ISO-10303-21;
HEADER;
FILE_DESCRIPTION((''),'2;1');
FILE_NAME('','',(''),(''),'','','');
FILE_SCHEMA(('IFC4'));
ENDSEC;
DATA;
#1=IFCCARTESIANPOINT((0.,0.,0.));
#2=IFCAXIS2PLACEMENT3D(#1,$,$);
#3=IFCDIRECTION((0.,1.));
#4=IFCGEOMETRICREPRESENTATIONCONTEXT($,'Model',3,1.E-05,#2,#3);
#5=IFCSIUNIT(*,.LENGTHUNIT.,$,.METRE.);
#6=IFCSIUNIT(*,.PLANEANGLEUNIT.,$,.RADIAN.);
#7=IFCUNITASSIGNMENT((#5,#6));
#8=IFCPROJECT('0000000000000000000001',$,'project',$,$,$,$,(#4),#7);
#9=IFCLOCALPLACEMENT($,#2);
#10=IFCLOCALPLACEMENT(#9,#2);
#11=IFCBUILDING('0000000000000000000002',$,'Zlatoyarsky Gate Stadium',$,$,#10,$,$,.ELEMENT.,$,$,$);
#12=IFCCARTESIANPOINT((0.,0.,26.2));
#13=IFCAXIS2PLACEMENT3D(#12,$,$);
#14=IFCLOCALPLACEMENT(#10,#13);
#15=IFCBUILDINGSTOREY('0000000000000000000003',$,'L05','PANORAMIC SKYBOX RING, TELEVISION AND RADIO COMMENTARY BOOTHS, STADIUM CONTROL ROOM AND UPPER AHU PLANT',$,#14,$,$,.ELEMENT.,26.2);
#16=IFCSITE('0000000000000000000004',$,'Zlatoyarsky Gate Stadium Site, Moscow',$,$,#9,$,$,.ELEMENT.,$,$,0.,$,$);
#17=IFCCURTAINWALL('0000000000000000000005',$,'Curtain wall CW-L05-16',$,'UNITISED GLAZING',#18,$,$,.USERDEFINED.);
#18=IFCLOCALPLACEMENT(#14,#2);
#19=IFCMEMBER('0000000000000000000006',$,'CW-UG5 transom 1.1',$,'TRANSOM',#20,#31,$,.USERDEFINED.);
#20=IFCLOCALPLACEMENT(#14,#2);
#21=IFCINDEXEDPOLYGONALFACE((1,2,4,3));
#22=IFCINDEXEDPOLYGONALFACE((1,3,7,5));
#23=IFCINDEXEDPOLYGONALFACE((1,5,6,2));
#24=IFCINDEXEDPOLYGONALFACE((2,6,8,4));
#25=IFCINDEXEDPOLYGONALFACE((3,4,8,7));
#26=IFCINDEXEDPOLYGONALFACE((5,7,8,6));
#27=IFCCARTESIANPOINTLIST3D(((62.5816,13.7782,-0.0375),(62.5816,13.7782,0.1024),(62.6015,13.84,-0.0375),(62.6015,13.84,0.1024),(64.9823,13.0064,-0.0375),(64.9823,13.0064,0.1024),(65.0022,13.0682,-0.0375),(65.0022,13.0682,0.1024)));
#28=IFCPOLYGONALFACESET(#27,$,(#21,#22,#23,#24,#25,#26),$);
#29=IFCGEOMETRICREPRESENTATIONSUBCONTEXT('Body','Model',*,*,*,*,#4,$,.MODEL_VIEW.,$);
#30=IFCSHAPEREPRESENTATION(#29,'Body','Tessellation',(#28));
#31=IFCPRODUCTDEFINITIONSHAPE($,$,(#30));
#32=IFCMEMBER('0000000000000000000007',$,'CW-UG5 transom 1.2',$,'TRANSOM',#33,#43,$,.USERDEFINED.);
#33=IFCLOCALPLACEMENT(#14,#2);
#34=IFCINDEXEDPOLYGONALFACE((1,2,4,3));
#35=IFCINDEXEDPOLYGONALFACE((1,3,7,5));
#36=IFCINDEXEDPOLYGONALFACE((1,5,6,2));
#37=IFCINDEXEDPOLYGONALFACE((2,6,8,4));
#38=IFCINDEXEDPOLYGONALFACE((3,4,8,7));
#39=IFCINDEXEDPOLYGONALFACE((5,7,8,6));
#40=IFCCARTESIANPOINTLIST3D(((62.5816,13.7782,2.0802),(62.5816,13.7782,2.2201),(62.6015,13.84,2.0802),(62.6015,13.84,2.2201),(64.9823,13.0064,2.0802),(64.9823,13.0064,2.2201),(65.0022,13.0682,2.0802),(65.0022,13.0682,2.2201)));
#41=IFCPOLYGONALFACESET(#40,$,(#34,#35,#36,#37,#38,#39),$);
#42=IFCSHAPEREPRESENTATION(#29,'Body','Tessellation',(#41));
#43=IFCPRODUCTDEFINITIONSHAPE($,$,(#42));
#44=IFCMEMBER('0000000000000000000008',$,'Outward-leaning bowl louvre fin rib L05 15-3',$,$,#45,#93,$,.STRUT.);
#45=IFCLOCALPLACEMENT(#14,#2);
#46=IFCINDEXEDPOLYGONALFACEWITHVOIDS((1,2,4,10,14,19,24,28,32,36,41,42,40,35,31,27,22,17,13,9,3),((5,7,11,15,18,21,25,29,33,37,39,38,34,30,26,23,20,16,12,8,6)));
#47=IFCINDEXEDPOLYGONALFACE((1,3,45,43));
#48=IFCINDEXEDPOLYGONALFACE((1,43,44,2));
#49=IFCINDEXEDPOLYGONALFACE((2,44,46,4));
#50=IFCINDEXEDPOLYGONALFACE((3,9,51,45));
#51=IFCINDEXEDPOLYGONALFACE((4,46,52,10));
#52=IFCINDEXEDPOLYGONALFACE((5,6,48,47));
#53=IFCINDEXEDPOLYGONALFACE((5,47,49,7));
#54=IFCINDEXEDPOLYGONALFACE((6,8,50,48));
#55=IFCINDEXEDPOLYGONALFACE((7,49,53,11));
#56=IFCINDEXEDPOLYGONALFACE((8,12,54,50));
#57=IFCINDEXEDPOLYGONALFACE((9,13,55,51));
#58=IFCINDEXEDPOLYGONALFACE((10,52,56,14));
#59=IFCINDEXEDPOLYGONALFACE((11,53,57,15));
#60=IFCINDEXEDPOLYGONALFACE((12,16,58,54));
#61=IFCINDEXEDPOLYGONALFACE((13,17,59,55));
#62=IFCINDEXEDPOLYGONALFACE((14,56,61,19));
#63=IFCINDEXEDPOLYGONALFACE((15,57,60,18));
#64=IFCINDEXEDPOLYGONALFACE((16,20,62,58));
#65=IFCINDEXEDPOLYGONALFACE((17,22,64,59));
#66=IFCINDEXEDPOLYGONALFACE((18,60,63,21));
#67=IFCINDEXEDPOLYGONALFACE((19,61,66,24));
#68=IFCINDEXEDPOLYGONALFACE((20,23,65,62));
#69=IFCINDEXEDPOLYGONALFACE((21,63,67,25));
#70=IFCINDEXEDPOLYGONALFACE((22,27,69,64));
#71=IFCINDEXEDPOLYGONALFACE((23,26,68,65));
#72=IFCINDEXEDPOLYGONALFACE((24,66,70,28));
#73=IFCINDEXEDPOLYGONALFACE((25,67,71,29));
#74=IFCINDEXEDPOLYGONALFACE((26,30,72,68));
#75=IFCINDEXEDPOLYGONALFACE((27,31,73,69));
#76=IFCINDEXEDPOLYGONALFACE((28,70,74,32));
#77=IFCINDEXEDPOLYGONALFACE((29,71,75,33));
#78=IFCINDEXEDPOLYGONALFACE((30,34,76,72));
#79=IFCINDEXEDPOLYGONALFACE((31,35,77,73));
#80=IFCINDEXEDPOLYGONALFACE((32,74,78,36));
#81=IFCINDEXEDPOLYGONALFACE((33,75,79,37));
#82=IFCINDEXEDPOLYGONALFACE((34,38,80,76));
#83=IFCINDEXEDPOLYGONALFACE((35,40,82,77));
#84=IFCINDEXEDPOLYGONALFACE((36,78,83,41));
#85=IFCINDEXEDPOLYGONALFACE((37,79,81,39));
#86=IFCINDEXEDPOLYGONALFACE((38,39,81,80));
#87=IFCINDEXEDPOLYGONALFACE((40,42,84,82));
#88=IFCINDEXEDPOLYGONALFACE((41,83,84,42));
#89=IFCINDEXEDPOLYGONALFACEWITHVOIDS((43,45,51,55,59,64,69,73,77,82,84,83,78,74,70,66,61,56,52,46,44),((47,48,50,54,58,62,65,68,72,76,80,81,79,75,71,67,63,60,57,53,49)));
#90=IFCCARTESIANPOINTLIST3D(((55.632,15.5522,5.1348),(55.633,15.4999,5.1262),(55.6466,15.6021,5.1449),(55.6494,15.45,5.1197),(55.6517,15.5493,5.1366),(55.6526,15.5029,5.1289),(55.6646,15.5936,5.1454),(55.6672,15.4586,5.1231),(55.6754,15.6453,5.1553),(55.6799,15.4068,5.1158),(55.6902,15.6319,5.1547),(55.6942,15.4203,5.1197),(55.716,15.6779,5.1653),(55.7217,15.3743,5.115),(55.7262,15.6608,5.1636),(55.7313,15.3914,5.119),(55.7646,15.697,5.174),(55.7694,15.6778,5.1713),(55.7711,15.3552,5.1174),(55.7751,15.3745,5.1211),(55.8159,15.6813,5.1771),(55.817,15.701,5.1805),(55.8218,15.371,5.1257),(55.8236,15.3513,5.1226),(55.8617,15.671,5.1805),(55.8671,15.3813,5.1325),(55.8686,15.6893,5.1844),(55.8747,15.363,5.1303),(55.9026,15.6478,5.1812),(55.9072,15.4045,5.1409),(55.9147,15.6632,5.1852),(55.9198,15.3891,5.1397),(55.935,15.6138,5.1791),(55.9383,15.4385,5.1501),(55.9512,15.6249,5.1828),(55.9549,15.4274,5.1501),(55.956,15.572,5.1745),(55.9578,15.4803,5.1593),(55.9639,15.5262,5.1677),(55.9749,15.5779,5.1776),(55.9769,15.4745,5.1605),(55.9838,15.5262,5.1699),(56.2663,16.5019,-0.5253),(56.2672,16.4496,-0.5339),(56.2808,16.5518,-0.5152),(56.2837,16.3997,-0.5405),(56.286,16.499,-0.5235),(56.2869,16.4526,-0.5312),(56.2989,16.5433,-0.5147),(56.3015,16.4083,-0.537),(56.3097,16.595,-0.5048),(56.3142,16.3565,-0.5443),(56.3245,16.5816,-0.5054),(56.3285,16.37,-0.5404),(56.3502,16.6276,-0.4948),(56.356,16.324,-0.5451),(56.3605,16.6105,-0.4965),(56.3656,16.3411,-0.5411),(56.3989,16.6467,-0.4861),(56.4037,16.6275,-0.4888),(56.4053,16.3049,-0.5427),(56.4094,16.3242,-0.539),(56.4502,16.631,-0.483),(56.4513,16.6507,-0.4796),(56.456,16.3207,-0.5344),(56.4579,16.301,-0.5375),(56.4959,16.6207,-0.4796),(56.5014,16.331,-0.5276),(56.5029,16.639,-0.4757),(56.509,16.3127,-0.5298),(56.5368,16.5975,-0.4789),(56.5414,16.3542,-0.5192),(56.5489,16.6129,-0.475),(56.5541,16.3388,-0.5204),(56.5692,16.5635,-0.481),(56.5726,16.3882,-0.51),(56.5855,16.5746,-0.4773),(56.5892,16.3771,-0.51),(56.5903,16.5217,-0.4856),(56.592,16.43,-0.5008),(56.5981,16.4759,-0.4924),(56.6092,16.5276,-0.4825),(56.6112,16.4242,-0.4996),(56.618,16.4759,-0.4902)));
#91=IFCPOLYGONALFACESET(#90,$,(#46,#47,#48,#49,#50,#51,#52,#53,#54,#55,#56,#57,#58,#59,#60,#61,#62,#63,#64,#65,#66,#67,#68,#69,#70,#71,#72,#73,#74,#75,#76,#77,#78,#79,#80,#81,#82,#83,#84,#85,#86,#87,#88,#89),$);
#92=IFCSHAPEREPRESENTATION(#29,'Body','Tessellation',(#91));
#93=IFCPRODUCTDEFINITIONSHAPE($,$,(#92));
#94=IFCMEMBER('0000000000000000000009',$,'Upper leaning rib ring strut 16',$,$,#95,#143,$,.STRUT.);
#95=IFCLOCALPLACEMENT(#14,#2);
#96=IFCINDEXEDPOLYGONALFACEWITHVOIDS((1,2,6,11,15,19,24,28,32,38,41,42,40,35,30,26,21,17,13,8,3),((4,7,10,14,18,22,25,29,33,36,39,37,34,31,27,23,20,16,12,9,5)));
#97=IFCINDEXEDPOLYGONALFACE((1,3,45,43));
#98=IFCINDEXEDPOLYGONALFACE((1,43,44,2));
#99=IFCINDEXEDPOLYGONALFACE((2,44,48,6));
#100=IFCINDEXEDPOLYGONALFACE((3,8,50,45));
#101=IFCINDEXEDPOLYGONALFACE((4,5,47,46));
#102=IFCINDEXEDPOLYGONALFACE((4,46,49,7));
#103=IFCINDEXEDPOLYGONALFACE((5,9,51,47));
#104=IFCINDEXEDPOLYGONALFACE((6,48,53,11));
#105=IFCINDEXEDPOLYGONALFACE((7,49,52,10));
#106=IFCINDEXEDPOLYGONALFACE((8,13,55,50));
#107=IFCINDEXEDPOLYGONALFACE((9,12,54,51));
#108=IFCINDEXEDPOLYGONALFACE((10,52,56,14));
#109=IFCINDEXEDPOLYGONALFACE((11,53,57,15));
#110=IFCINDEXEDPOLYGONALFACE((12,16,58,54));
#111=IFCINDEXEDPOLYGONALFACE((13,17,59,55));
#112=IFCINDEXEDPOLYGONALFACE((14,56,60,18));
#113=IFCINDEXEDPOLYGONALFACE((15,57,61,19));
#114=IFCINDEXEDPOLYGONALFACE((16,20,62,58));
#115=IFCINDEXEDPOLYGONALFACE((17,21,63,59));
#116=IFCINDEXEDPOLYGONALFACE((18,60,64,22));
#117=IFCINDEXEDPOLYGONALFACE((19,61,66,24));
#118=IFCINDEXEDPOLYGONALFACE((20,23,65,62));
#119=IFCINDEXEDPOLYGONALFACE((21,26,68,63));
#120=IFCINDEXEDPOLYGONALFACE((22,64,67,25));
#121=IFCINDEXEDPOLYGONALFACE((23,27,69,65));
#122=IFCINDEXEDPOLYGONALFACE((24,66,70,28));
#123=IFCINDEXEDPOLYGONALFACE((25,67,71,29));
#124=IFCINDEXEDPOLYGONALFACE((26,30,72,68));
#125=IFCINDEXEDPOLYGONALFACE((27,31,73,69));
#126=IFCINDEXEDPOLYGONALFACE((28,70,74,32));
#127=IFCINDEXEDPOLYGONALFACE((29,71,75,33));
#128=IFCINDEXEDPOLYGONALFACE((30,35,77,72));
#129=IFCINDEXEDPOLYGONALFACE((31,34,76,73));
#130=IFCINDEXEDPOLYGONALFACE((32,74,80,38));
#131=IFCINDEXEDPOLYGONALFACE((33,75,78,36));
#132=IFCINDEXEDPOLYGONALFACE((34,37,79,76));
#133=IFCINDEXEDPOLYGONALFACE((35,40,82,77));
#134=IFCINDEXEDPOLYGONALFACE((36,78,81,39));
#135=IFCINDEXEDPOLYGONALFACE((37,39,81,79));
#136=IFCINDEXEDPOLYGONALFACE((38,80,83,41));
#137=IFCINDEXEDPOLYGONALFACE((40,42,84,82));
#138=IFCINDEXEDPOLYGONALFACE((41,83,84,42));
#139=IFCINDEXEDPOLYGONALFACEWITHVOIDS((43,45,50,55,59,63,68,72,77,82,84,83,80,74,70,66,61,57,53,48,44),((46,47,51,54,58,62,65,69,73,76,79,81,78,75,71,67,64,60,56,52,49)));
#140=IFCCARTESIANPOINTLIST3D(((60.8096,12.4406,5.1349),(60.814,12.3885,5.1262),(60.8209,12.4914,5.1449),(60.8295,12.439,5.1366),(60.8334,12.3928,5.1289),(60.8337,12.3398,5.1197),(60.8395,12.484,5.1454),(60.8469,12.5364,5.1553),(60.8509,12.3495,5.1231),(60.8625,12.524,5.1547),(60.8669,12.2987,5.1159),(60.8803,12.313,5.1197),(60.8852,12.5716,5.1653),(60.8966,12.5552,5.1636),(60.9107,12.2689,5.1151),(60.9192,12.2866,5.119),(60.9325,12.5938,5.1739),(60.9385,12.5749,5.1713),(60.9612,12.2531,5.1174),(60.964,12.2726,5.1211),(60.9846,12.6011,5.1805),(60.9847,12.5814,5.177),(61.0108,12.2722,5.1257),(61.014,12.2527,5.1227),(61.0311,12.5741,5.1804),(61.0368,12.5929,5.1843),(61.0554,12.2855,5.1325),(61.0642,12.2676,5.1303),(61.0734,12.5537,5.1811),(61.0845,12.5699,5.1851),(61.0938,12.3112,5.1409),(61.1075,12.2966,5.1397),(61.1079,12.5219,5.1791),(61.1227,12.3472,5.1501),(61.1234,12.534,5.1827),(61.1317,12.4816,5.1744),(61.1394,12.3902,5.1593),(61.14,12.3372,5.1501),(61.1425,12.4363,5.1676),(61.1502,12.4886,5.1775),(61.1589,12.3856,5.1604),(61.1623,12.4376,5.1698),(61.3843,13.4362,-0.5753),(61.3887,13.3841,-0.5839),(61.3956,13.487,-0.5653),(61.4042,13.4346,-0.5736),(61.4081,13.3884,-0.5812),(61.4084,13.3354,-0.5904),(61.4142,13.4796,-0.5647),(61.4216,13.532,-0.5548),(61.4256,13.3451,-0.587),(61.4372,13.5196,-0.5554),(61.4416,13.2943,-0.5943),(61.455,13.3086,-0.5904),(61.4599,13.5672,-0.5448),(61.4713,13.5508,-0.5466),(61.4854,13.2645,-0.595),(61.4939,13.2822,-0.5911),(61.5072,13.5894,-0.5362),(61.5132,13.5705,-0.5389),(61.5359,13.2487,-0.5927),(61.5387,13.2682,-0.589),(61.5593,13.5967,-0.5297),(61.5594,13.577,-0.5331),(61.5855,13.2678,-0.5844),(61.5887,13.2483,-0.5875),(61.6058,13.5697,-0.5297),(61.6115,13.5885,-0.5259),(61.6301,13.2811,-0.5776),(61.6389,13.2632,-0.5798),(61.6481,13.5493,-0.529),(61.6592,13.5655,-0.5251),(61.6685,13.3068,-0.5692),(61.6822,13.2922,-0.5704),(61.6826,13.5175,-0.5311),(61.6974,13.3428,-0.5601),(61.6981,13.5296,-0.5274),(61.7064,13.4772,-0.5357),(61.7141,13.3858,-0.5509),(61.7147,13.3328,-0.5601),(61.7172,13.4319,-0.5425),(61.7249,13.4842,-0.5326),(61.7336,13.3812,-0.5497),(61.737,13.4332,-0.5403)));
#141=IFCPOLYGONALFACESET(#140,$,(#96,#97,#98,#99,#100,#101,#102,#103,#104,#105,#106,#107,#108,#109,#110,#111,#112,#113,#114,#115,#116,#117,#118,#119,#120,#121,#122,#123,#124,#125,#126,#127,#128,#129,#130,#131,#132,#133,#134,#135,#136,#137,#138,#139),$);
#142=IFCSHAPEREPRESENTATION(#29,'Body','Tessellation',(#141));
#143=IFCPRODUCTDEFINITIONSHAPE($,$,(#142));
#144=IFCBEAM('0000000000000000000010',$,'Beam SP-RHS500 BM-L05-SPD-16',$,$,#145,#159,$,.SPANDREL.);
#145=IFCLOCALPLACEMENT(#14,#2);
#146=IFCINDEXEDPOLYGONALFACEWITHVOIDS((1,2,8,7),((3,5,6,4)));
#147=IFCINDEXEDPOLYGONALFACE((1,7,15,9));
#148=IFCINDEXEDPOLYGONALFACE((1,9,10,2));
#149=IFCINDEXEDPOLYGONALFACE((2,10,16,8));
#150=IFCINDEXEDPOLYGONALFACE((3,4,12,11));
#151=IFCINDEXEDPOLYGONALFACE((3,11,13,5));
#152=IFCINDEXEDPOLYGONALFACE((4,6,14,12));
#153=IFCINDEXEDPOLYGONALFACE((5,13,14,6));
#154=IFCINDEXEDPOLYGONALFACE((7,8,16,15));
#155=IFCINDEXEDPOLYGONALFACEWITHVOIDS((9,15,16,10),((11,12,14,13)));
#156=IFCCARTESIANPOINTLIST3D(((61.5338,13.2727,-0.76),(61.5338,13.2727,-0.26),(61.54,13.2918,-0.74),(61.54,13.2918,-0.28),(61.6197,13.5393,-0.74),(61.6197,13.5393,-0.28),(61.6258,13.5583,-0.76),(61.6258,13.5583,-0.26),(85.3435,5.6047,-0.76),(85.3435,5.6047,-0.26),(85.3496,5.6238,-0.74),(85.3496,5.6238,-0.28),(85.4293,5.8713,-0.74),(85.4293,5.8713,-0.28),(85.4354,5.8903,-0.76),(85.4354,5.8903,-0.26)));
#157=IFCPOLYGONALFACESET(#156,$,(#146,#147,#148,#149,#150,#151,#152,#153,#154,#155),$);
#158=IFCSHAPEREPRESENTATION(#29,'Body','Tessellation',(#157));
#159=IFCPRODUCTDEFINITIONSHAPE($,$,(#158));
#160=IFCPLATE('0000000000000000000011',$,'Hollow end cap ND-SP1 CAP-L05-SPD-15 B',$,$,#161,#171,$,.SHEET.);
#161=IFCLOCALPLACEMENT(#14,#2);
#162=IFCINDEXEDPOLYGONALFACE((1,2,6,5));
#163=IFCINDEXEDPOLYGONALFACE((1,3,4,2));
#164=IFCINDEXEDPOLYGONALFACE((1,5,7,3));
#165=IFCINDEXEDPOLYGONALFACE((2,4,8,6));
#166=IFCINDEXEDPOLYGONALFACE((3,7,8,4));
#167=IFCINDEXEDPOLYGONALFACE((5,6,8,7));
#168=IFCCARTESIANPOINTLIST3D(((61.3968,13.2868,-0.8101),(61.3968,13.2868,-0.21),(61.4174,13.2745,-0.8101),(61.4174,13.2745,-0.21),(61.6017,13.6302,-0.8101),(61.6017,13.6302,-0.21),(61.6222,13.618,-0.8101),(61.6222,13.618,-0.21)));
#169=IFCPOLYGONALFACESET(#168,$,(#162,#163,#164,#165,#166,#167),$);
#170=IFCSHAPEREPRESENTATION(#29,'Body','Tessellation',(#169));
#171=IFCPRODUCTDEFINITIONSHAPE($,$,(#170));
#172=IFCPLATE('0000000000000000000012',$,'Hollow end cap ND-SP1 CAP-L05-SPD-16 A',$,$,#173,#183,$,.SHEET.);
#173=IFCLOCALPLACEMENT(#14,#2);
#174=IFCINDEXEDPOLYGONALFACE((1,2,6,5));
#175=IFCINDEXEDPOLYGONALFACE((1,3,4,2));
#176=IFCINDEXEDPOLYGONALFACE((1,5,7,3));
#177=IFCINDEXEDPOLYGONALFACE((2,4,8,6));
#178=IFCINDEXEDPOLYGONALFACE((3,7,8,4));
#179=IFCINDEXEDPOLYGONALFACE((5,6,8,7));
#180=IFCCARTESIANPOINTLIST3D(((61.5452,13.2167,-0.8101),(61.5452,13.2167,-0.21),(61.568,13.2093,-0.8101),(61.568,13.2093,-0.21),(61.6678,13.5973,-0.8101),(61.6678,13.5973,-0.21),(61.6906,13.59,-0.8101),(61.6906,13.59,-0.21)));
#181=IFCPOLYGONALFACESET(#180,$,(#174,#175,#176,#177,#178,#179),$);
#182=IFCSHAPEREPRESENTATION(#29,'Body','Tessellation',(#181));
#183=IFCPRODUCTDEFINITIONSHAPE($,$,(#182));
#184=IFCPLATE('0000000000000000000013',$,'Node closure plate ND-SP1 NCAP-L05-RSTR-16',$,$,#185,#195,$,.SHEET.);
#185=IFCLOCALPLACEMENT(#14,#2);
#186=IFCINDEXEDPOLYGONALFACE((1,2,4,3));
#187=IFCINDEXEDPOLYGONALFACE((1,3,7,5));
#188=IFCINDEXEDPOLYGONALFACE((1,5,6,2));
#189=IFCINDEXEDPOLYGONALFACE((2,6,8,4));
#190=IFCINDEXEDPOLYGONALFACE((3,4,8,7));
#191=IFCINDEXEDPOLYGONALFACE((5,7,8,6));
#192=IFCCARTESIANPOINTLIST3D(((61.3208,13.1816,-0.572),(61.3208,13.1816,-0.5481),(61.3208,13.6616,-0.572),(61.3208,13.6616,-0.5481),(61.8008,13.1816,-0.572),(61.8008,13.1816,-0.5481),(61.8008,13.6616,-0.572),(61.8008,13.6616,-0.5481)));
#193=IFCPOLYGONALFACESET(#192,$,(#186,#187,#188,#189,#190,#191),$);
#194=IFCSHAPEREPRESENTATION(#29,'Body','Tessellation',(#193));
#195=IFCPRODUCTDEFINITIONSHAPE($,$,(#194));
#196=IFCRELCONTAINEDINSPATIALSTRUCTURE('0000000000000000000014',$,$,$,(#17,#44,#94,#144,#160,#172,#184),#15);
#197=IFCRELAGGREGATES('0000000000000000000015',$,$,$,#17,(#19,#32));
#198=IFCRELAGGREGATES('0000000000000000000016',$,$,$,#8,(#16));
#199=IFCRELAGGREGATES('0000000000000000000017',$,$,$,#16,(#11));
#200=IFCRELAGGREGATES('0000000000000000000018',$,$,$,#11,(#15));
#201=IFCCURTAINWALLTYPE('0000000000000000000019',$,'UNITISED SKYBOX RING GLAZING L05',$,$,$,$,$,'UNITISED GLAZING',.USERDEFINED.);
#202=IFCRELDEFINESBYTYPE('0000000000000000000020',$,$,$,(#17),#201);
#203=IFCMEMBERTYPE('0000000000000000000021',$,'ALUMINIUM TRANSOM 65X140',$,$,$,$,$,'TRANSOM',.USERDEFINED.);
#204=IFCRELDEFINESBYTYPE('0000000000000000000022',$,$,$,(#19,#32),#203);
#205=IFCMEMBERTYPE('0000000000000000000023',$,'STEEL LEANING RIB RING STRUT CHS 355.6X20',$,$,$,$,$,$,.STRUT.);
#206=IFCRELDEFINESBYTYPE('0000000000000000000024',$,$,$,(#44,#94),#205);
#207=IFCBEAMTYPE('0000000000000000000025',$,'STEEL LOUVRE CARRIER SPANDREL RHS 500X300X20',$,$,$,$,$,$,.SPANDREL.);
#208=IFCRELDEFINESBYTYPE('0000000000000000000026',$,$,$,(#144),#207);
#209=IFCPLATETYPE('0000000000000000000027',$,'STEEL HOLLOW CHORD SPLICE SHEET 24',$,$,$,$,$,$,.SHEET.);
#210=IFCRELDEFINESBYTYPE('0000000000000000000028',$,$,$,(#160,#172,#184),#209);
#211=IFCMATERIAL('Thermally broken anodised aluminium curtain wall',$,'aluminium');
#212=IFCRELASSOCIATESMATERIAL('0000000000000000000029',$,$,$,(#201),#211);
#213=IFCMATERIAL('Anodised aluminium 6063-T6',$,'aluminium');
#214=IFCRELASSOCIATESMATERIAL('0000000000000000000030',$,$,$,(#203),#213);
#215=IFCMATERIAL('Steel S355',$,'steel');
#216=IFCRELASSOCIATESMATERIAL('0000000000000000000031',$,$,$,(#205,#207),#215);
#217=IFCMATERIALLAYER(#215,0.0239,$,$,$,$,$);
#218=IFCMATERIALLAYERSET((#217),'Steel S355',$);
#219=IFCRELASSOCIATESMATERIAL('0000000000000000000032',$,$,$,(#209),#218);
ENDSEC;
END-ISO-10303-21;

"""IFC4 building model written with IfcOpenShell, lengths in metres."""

from ifc_helpers import new_model, si_unit, direction, frame, origin, origin_2d, place, context, subcontext, project, spatial, rectangle, hollow_rectangle, hollow_circle, extrude, material, layer, layer_set, material_profile, profile_set, type_object, element, aggregate, save


model = new_model("IFC4")

# Units and contexts
model_context = context("Model", 3, precision=1e-05, world=origin(), true_north=direction((0.0, 1.0)))
body_context = subcontext(model_context, "Body", "Model", "MODEL_VIEW")
ifc_project = project(units=[si_unit("LENGTHUNIT", "METRE"), si_unit("PLANEANGLEUNIT", "RADIAN")], contexts=[model_context])

# Site, building, storey
site_placement = place(None, origin())
site = spatial("IfcSite", under=ifc_project, at=site_placement, Name="Zlatoyarsky Gate Stadium Site, Moscow", CompositionType="ELEMENT", RefElevation=0.0)
building_placement = place(site_placement, origin())
building = spatial("IfcBuilding", under=site, at=building_placement, Name="Zlatoyarsky Gate Stadium", CompositionType="ELEMENT")
storey_placement = place(building_placement, frame((0.0, 0.0, 26.2)))
storey = spatial("IfcBuildingStorey", under=building, at=storey_placement, Name="L05", Description="PANORAMIC SKYBOX RING, TELEVISION AND RADIO COMMENTARY BOOTHS, STADIUM CONTROL ROOM AND UPPER AHU PLANT", CompositionType="ELEMENT", Elevation=26.2)

# Shared definitions
ifc_material_1 = material(Name="Thermally broken anodised aluminium curtain wall", Category="aluminium")
curtain_wall_type = type_object("IfcCurtainWallType", Name="UNITISED SKYBOX RING GLAZING L05", ElementType="UNITISED GLAZING", PredefinedType="USERDEFINED", material=ifc_material_1)
ifc_material_2 = material(Name="Anodised aluminium 6063-T6", Category="aluminium")

# Curtain wall
curtain_wall_1_placement = place(storey_placement, origin())
curtain_wall_1 = element("IfcCurtainWall", 1, at=curtain_wall_1_placement, inside=storey, type_object=curtain_wall_type, Name="Curtain wall CW-L05-16", ObjectType="UNITISED GLAZING", PredefinedType="USERDEFINED")

# Members
ifc_material_profile_1 = material_profile(ifc_material_2, rectangle(XDim=0.0649, YDim=0.1399, at=origin_2d()), Name="ALU 65X140")
ifc_profile_set_1 = profile_set([ifc_material_profile_1], Name="Anodised aluminium 6063-T6")
member_type_1 = type_object("IfcMemberType", Name="ALUMINIUM TRANSOM 65X140", ElementType="TRANSOM", PredefinedType="USERDEFINED", material=ifc_profile_set_1)
member_1_placement = place(storey_placement, frame((62.5916, 13.8091, 0.0325), z_axis=(0.952017, -0.306044, 0.0), x_axis=(0.306044, 0.952017, 0.0)))
member_1 = element("IfcMember", 2, at=member_1_placement, type_object=member_type_1, Name="CW-UG5 transom 1.1", ObjectType="TRANSOM", PredefinedType="USERDEFINED", context=body_context, shape_type="SweptSolid", body=[
    extrude(rectangle(XDim=0.0649, YDim=0.1399, at=origin_2d()), origin(), (0.0, 0.0, 1.0), 2.5217),
])
member_2_placement = place(storey_placement, frame((62.5916, 13.8091, 2.1501), z_axis=(0.952017, -0.306044, 0.0), x_axis=(0.306044, 0.952017, 0.0)))
member_2 = element("IfcMember", 3, at=member_2_placement, type_object=member_type_1, Name="CW-UG5 transom 1.2", ObjectType="TRANSOM", PredefinedType="USERDEFINED", context=body_context, shape_type="SweptSolid", body=[
    extrude(rectangle(XDim=0.0649, YDim=0.1399, at=origin_2d()), origin(), (0.0, 0.0, 1.0), 2.5217),
])
aggregate(curtain_wall_1, [member_1, member_2])

# Members
ifc_material_3 = material(Name="Steel S355", Category="steel")
ifc_material_profile_2 = material_profile(ifc_material_3, hollow_circle(Radius=0.1777, WallThickness=0.02, at=origin_2d()), Name="CHS 355.6X20")
ifc_profile_set_2 = profile_set([ifc_material_profile_2], Name="Steel S355")
member_type_2 = type_object("IfcMemberType", Name="STEEL LEANING RIB RING STRUT CHS 355.6X20", PredefinedType="STRUT", material=ifc_profile_set_2)
member_3_placement = place(storey_placement, frame((56.4414, 16.4758, -0.51), z_axis=(-0.109846, -0.164474, 0.980246), x_axis=(0.83159, -0.555391, 0.0)))
element("IfcMember", 4, at=member_3_placement, inside=storey, type_object=member_type_2, Name="Outward-leaning bowl louvre fin rib L05 15-3", PredefinedType="STRUT", context=body_context, shape_type="SweptSolid", body=[
    extrude(hollow_circle(Radius=0.1777, WallThickness=0.02, at=origin_2d()), origin(), (0.0, 0.0, 1.0), 5.7742),
])
member_4_placement = place(storey_placement, frame((61.5608, 13.4216, -0.5601), z_axis=(-0.098666, -0.170926, 0.980331), x_axis=(0.866065, -0.499931, 0.0)))
element("IfcMember", 5, at=member_4_placement, inside=storey, type_object=member_type_2, Name="Upper leaning rib ring strut 16", PredefinedType="STRUT", context=body_context, shape_type="SweptSolid", body=[
    extrude(hollow_circle(Radius=0.1777, WallThickness=0.02, at=origin_2d()), origin(), (0.0, 0.0, 1.0), 5.8247),
])

# Beam
ifc_material_profile_3 = material_profile(ifc_material_3, hollow_rectangle(XDim=0.3, YDim=0.5, WallThickness=0.02, at=origin_2d()), Name="RHS 500X300X20")
ifc_profile_set_3 = profile_set([ifc_material_profile_3], Name="Steel S355")
beam_type = type_object("IfcBeamType", Name="STEEL LOUVRE CARRIER SPANDREL RHS 500X300X20", PredefinedType="SPANDREL", material=ifc_profile_set_3)
beam_placement = place(storey_placement, frame((61.5798, 13.4155, -0.51), z_axis=(0.951855, -0.306549, 0.0), x_axis=(0.306549, 0.951855, 0.0)))
element("IfcBeam", 6, at=beam_placement, inside=storey, type_object=beam_type, Name="Beam SP-RHS500 BM-L05-SPD-16", PredefinedType="SPANDREL", context=body_context, shape_type="SweptSolid", body=[
    extrude(hollow_rectangle(XDim=0.3, YDim=0.5, WallThickness=0.02, at=origin_2d()), origin(), (0.0, 0.0, 1.0), 25.0139),
])

# Plates
ifc_layer_1 = layer(ifc_material_3, 0.0239)
ifc_layer_set_1 = layer_set([ifc_layer_1], Name="Steel S355")
plate_type_1 = type_object("IfcPlateType", Name="STEEL HOLLOW CHORD SPLICE SHEET 24", PredefinedType="SHEET", material=ifc_layer_set_1)
for number, where, z_axis, x_axis, name in (
    (7, (61.5095, 13.4524, -0.8101), (0.0, 0.0, 1.0), (0.858778, -0.512349, 0.0), "Hollow end cap ND-SP1 CAP-L05-SPD-15 B"),
    (8, (61.6179, 13.4033, -0.8101), (0.0, 0.0, 1.0), (0.951856, -0.306545, 0.0), "Hollow end cap ND-SP1 CAP-L05-SPD-16 A"),
):
    element("IfcPlate", number, at=place(storey_placement, frame(where, z_axis=z_axis, x_axis=x_axis)), inside=storey, type_object=plate_type_1, Name=name, PredefinedType="SHEET", context=body_context, shape_type="SweptSolid", body=[
        extrude(rectangle(XDim=0.0239, YDim=0.3999, at=origin_2d()), origin(), (0.0, 0.0, 1.0), 0.6001),
    ])
plate_1_placement = place(storey_placement, frame((61.5608, 13.4216, -0.572), z_axis=(0.0, 0.0, 1.0), x_axis=(1.0, 0.0, 0.0)))
element("IfcPlate", 9, at=plate_1_placement, inside=storey, type_object=plate_type_1, Name="Node closure plate ND-SP1 NCAP-L05-RSTR-16", PredefinedType="SHEET", context=body_context, shape_type="SweptSolid", body=[
    extrude(rectangle(XDim=0.48, YDim=0.48, at=origin_2d()), origin(), (0.0, 0.0, 1.0), 0.0239),
])

save(model, "model.ifc")
